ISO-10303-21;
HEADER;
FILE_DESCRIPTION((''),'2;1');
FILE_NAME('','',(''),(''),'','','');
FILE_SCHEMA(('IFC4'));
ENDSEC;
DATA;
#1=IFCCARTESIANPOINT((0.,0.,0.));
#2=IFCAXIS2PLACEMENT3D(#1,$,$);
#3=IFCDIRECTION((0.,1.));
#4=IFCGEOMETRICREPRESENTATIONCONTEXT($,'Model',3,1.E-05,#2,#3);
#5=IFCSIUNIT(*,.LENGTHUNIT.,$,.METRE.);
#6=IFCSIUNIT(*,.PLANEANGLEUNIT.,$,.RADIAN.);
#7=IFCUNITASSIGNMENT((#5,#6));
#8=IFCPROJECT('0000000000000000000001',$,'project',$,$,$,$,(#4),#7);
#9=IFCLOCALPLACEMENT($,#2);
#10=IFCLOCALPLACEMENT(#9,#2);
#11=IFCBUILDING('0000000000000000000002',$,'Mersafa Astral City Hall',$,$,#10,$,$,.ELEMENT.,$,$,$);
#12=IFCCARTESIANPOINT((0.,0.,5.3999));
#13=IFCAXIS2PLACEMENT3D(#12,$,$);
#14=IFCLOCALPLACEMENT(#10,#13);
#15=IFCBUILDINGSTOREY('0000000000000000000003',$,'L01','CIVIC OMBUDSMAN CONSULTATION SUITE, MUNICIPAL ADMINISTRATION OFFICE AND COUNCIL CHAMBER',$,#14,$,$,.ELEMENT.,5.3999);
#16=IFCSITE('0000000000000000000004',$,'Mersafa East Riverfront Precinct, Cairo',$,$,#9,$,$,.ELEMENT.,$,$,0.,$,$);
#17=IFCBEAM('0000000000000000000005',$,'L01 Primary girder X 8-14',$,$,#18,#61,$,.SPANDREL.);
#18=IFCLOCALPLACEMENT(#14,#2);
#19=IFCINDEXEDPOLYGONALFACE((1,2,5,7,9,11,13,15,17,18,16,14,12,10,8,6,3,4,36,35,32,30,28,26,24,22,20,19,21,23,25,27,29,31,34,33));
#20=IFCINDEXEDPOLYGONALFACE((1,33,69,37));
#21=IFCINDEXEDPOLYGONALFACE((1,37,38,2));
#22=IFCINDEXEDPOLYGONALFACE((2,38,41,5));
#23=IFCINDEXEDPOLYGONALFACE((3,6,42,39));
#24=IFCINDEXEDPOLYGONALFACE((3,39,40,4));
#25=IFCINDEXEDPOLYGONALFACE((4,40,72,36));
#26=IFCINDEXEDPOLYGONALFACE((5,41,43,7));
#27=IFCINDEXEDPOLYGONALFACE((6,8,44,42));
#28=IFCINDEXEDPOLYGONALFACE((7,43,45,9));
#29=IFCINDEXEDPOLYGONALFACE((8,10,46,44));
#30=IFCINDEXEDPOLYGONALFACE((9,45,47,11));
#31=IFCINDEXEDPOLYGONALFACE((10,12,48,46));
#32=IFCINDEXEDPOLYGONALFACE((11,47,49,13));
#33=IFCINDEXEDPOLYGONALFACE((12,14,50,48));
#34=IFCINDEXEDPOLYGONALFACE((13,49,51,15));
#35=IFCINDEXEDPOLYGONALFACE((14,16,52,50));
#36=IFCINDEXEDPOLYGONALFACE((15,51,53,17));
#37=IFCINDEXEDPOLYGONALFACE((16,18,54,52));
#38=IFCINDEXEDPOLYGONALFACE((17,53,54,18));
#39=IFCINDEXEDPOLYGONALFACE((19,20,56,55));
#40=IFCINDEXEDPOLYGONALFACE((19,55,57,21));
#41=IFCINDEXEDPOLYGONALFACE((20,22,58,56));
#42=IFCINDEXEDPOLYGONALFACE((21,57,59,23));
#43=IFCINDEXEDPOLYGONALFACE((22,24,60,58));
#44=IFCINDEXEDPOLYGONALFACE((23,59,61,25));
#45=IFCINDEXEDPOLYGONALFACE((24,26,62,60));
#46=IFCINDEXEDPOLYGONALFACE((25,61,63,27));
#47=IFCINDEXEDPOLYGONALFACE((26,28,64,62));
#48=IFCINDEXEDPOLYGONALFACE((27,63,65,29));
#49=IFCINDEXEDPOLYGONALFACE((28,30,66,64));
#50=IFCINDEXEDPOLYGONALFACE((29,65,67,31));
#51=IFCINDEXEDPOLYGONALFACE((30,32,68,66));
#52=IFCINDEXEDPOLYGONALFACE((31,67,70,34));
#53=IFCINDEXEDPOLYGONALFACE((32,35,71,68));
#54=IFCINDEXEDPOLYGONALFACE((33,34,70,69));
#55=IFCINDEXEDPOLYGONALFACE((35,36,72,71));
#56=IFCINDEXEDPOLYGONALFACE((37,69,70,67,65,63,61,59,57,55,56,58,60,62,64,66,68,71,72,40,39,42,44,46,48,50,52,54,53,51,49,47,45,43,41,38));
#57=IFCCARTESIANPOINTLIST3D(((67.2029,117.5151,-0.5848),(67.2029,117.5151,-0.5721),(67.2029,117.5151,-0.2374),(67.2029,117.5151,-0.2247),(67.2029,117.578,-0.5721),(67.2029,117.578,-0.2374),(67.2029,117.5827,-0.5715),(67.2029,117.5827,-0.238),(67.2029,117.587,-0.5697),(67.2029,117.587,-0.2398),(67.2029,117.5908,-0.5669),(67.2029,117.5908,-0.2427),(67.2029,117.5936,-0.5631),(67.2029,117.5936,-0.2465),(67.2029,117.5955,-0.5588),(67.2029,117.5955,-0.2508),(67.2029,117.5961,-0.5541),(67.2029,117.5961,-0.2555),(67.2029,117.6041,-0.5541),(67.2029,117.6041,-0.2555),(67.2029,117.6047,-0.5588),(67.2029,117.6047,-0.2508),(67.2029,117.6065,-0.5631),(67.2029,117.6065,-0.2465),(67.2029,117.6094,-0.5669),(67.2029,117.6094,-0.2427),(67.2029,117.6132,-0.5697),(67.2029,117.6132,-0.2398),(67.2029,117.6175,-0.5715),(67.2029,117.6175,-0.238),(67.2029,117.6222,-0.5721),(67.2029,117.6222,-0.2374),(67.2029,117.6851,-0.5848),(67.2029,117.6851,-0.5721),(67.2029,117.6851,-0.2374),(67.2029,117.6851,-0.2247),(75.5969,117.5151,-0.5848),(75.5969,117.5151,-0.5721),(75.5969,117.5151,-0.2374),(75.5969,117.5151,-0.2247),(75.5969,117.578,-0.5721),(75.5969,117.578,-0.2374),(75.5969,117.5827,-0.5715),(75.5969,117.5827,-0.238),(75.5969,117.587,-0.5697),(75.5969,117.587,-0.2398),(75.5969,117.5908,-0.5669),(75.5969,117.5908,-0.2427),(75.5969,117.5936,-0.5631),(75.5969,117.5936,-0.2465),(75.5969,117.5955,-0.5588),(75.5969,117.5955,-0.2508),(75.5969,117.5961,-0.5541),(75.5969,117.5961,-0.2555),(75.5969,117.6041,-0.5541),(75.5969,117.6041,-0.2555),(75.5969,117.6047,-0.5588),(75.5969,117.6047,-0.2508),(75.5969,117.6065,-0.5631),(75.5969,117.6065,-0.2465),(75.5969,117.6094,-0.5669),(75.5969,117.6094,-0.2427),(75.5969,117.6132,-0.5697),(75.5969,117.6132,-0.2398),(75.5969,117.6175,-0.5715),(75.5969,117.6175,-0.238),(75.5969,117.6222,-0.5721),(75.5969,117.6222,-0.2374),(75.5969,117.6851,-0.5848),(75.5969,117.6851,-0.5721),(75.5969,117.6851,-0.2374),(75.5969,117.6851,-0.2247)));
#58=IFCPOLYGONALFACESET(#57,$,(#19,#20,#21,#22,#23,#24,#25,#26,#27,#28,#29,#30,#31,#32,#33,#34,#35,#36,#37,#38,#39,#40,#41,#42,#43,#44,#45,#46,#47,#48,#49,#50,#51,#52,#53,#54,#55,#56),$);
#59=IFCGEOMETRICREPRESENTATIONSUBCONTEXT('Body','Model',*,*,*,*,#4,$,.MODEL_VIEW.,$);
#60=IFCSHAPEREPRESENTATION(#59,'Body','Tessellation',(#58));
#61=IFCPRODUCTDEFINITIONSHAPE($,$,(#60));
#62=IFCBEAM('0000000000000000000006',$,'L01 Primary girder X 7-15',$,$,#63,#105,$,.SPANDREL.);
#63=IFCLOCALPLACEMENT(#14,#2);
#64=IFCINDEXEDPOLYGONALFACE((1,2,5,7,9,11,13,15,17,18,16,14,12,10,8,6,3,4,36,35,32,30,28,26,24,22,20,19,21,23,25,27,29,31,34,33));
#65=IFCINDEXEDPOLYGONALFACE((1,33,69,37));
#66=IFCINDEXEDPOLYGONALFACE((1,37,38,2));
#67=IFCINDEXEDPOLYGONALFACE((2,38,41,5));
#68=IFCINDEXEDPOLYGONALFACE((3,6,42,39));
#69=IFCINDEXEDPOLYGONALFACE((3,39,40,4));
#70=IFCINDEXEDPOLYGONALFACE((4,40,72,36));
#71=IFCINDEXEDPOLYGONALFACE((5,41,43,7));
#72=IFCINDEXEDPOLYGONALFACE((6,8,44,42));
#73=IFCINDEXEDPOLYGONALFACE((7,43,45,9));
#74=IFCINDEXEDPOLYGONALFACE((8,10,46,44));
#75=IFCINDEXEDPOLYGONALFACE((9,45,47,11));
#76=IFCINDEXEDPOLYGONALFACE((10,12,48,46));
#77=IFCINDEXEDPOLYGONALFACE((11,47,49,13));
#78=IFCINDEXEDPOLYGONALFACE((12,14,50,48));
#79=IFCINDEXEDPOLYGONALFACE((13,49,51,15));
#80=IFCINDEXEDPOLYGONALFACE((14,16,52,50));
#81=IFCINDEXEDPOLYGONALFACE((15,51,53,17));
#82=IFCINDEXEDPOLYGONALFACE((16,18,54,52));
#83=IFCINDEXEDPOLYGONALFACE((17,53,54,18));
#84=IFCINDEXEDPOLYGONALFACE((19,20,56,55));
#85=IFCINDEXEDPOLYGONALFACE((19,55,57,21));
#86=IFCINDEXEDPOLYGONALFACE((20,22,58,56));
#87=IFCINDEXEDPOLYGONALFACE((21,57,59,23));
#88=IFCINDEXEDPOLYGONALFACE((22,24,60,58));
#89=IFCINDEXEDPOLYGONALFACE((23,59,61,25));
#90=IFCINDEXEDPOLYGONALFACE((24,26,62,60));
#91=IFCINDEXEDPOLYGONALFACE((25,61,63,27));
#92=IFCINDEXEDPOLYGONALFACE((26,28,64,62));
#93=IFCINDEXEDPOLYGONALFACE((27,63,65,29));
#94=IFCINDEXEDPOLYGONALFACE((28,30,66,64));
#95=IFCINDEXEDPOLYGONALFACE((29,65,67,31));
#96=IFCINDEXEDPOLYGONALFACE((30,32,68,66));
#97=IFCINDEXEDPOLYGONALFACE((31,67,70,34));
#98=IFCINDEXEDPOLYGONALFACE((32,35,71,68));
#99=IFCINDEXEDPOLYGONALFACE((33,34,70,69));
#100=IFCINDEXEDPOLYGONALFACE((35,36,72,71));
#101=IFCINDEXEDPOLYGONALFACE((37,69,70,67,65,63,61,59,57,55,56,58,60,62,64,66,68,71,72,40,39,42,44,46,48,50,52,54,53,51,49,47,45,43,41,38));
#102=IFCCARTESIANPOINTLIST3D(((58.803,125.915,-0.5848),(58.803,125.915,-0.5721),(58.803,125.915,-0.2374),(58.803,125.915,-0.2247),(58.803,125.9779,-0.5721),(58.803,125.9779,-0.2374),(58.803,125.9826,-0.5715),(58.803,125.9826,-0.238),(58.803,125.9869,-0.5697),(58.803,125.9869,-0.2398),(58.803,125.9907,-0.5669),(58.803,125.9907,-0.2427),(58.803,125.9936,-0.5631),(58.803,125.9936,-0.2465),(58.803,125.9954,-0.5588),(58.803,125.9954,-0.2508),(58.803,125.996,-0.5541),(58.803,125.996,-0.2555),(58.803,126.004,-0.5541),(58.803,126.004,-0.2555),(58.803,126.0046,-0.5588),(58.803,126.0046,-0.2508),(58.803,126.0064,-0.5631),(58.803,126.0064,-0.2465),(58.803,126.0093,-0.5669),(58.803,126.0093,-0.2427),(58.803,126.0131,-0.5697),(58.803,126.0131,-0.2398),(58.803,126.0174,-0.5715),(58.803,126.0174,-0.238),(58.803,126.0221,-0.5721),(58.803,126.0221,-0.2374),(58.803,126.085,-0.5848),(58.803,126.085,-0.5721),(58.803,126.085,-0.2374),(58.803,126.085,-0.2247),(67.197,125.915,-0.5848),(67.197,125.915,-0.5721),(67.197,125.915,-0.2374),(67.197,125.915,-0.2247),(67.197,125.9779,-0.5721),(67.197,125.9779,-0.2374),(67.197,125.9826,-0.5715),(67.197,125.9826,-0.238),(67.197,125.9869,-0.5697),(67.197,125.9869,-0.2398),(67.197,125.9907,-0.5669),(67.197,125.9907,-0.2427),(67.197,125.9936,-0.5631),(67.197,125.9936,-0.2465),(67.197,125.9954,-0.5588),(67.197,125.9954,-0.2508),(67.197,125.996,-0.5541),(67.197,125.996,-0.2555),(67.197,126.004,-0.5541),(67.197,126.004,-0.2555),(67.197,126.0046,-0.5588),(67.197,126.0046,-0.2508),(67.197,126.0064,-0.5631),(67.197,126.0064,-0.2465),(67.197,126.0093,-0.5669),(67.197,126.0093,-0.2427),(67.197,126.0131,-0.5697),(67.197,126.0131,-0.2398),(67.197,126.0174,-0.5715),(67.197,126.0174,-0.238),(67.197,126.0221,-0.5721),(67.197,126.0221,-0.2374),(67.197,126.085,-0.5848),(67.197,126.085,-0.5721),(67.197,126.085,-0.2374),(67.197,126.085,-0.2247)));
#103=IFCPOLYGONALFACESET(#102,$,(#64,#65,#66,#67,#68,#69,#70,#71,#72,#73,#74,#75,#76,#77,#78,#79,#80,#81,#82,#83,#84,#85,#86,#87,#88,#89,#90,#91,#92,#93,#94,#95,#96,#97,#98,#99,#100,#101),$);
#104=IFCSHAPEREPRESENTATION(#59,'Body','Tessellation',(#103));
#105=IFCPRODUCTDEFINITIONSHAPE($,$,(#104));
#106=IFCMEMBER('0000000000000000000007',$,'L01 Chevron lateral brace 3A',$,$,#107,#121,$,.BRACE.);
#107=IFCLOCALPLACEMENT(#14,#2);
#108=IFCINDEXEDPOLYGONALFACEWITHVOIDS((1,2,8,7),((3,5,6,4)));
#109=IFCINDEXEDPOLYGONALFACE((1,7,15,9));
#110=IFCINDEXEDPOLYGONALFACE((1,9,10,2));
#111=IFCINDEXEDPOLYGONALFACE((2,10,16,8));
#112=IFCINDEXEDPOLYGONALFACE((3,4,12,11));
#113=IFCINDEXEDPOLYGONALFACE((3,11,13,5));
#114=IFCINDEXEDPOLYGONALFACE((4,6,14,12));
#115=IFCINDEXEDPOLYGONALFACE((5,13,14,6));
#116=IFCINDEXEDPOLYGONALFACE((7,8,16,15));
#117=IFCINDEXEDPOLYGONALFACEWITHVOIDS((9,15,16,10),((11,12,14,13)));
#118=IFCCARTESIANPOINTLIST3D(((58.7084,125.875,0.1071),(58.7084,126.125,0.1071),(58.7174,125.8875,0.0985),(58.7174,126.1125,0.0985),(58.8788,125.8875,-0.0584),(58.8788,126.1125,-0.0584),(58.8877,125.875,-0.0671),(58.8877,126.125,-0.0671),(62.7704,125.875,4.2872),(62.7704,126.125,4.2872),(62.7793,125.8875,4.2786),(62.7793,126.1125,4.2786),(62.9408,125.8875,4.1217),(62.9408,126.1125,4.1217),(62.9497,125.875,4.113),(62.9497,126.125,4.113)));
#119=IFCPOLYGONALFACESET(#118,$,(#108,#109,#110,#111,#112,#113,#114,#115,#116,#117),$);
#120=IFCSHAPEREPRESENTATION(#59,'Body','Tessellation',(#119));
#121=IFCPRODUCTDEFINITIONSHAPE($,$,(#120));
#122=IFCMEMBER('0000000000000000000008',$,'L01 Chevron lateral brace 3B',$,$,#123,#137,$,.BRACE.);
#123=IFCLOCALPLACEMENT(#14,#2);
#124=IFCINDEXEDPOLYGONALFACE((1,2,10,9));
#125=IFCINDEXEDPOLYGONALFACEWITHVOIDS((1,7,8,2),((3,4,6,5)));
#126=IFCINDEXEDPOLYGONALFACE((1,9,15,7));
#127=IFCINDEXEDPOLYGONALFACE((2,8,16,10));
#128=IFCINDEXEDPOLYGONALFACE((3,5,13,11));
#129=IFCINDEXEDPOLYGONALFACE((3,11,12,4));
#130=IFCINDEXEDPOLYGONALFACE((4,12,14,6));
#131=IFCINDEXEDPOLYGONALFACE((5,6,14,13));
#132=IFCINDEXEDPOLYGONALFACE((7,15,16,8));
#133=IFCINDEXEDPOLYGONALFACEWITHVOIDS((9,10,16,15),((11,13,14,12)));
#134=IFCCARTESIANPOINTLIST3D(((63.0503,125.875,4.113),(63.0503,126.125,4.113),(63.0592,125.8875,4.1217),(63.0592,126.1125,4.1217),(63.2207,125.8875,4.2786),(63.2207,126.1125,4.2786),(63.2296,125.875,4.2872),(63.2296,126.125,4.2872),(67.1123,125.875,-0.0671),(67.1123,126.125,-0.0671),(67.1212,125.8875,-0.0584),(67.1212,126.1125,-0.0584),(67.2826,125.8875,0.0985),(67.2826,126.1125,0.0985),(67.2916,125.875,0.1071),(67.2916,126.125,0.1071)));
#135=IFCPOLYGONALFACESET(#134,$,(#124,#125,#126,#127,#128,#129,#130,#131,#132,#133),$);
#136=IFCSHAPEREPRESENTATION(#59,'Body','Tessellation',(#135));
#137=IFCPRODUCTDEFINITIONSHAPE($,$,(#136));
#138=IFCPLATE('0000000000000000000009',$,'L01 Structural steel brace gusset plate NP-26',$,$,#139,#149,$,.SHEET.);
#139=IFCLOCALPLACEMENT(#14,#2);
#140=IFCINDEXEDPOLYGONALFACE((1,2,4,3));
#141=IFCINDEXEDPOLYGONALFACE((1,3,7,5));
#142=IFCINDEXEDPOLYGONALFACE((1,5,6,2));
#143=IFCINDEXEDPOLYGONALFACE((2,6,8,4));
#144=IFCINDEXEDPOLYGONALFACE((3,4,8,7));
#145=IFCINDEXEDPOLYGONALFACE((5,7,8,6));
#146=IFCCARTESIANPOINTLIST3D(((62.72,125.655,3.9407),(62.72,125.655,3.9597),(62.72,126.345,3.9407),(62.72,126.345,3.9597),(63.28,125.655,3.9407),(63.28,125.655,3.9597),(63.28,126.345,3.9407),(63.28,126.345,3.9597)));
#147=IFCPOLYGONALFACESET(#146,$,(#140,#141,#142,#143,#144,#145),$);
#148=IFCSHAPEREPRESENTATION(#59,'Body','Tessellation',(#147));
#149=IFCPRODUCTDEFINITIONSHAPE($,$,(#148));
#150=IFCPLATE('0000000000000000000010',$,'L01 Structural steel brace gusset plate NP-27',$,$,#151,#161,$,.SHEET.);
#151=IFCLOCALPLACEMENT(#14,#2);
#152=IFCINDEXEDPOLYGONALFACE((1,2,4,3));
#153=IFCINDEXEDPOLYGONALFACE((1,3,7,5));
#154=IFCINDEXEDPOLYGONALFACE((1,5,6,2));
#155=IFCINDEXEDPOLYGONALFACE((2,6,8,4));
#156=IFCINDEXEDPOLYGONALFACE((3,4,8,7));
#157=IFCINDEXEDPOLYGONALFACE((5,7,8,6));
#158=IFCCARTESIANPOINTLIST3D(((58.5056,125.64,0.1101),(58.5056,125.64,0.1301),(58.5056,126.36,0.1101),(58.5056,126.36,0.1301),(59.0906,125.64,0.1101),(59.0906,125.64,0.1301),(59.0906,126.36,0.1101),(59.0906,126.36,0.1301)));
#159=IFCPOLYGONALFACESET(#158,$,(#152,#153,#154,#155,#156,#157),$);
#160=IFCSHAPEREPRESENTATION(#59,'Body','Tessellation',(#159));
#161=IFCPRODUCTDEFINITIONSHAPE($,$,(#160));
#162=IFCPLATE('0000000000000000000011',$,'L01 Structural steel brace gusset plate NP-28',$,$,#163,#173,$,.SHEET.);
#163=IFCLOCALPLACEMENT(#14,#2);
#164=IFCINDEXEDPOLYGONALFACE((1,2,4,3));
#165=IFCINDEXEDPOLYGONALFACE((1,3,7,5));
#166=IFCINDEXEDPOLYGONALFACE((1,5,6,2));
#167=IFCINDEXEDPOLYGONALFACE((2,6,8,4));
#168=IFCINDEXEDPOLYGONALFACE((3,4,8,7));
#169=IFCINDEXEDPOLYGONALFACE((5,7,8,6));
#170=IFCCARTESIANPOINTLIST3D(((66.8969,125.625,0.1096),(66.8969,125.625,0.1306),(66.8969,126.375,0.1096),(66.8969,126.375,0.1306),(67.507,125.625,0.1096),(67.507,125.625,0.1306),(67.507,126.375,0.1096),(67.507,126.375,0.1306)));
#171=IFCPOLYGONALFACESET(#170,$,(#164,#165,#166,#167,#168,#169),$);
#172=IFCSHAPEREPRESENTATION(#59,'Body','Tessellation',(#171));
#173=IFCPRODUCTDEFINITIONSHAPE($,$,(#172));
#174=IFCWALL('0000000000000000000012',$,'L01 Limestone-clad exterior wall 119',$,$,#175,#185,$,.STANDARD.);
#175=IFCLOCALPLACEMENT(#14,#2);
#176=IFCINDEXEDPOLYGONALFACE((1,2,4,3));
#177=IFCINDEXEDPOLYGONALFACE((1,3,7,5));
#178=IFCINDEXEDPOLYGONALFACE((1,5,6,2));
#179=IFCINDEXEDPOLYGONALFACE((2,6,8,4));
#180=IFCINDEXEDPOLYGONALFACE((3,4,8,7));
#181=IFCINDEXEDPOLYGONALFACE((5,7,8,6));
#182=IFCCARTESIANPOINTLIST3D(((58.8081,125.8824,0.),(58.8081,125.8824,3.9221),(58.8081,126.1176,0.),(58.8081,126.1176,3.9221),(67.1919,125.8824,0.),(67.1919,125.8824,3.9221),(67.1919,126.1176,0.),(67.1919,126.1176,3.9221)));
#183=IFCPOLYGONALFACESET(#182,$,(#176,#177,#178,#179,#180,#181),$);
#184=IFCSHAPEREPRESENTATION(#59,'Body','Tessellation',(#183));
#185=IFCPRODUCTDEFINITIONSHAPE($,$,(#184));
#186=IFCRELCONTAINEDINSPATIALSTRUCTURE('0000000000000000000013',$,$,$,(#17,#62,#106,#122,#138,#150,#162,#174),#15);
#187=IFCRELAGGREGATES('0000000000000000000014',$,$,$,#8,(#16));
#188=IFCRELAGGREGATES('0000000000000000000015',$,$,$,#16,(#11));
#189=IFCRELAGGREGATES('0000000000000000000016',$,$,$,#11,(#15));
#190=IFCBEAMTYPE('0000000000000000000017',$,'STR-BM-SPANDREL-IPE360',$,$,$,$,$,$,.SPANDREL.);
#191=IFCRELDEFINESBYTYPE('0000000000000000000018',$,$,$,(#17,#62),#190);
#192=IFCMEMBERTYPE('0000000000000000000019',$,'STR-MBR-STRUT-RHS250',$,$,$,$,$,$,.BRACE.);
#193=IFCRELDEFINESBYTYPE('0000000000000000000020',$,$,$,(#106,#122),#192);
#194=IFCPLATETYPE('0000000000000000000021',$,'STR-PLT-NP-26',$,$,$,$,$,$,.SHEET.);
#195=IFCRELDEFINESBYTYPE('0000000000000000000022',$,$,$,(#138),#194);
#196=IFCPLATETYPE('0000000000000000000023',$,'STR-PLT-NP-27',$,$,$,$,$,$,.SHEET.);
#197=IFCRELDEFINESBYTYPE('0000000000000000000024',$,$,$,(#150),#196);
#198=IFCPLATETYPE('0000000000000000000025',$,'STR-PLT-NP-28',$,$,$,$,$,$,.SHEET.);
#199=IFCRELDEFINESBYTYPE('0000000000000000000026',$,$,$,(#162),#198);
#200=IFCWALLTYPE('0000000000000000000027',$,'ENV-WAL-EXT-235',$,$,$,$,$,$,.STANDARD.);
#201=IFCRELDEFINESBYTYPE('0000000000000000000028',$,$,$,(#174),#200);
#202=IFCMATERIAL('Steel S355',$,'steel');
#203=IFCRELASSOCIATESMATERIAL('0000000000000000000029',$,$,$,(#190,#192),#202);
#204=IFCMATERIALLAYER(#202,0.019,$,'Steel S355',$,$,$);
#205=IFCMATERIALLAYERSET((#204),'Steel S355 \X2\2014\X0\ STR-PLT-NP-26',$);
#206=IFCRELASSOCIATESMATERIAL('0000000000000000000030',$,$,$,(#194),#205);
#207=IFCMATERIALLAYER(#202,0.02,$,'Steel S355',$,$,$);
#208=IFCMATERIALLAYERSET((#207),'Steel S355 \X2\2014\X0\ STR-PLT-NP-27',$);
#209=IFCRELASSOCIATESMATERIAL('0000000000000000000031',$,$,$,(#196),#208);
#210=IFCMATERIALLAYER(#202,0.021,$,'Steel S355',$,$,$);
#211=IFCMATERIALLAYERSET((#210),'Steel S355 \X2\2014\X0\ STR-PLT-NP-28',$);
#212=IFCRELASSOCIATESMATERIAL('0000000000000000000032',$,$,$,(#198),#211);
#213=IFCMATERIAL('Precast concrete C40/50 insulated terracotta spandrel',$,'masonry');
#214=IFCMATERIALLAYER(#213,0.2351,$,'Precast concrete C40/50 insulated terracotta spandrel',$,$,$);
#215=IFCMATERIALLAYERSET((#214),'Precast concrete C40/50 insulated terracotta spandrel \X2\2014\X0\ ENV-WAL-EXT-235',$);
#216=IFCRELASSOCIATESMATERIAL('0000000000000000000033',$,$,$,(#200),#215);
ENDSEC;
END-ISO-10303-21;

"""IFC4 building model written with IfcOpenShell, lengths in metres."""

from ifc_helpers import new_model, si_unit, direction, frame, frame_2d, origin, origin_2d, place, context, subcontext, project, spatial, rectangle, hollow_rectangle, i_section, extrude, material, layer, layer_set, material_profile, profile_set, type_object, element, save


model = new_model("IFC4")

# Units and contexts
model_context = context("Model", 3, precision=1e-05, world=origin(), true_north=direction((0.0, 1.0)))
body_context = subcontext(model_context, "Body", "Model", "MODEL_VIEW")
ifc_project = project(units=[si_unit("LENGTHUNIT", "METRE"), si_unit("PLANEANGLEUNIT", "RADIAN")], contexts=[model_context])

# Site, building, storey
site_placement = place(None, origin())
site = spatial("IfcSite", under=ifc_project, at=site_placement, Name="Mersafa East Riverfront Precinct, Cairo", CompositionType="ELEMENT", RefElevation=0.0)
building_placement = place(site_placement, origin())
building = spatial("IfcBuilding", under=site, at=building_placement, Name="Mersafa Astral City Hall", CompositionType="ELEMENT")
storey_placement = place(building_placement, frame((0.0, 0.0, 5.3999)))
storey = spatial("IfcBuildingStorey", under=building, at=storey_placement, Name="L01", Description="CIVIC OMBUDSMAN CONSULTATION SUITE, MUNICIPAL ADMINISTRATION OFFICE AND COUNCIL CHAMBER", CompositionType="ELEMENT", Elevation=5.3999)

# Shared definitions
ifc_material_1 = material(Name="Steel S355", Category="steel")

# Beams
ifc_material_profile_1 = material_profile(ifc_material_1, i_section(OverallWidth=0.1699, OverallDepth=0.3601, WebThickness=0.0081, FlangeThickness=0.0127, FilletRadius=0.0181, at=origin_2d()), Name="IPE 360")
ifc_profile_set_1 = profile_set([ifc_material_profile_1], Name="Steel S355")
beam_type_1 = type_object("IfcBeamType", Name="STR-BM-SPANDREL-IPE360", PredefinedType="SPANDREL", material=ifc_profile_set_1)
for number, where, z_axis, x_axis, name in (
    (1, (67.2029, 117.6001, -0.4048), (1.0, 0.0, 0.0), (0.0, 1.0, 0.0), "L01 Primary girder X 8-14"),
    (2, (58.803, 126.0, -0.4048), (1.0, 0.0, 0.0), (0.0, 1.0, 0.0), "L01 Primary girder X 7-15"),
):
    element("IfcBeam", number, at=place(storey_placement, frame(where, z_axis=z_axis, x_axis=x_axis)), inside=storey, type_object=beam_type_1, Name=name, PredefinedType="SPANDREL", context=body_context, shape_type="SweptSolid", body=[
        extrude(i_section(OverallWidth=0.1699, OverallDepth=0.3601, WebThickness=0.0081, FlangeThickness=0.0127, FilletRadius=0.0181, at=origin_2d()), origin(), (0.0, 0.0, 1.0), 8.394),
    ])

# Members
ifc_material_profile_2 = material_profile(ifc_material_1, hollow_rectangle(XDim=0.25, YDim=0.25, WallThickness=0.0125, at=origin_2d()), Name="RHS 250x250x12.5")
ifc_profile_set_2 = profile_set([ifc_material_profile_2], Name="Steel S355")
member_type_1 = type_object("IfcMemberType", Name="STR-MBR-STRUT-RHS250", PredefinedType="BRACE", material=ifc_profile_set_2)
for number, where, z_axis, x_axis, name in (
    (3, (58.7981, 126.0, 0.02), (0.696898, 0.0, 0.717171), (0.0, 1.0, 0.0), "L01 Chevron lateral brace 3A"),
    (4, (67.2019, 126.0, 0.02), (-0.696898, 0.0, 0.717171), (0.0, -1.0, 0.0), "L01 Chevron lateral brace 3B"),
):
    element("IfcMember", number, at=place(storey_placement, frame(where, z_axis=z_axis, x_axis=x_axis)), inside=storey, type_object=member_type_1, Name=name, PredefinedType="BRACE", context=body_context, shape_type="SweptSolid", body=[
        extrude(hollow_rectangle(XDim=0.25, YDim=0.25, WallThickness=0.0125, at=origin_2d()), origin(), (0.0, 0.0, 1.0), 5.8286),
    ])

# Plates
ifc_layer_1 = layer(ifc_material_1, 0.019, Name="Steel S355")
ifc_layer_set_1 = layer_set([ifc_layer_1], Name="Steel S355 — STR-PLT-NP-26")
plate_type_1 = type_object("IfcPlateType", Name="STR-PLT-NP-26", PredefinedType="SHEET", material=ifc_layer_set_1)
plate_1_placement = place(storey_placement, frame((63.0, 126.0, 3.9407), z_axis=(0.0, 0.0, 1.0), x_axis=(1.0, 0.0, 0.0)))
element("IfcPlate", 5, at=plate_1_placement, inside=storey, type_object=plate_type_1, Name="L01 Structural steel brace gusset plate NP-26", PredefinedType="SHEET", context=body_context, shape_type="SweptSolid", body=[
    extrude(rectangle(XDim=0.5601, YDim=0.6899, at=origin_2d()), origin(), (0.0, 0.0, 1.0), 0.019),
])
ifc_layer_2 = layer(ifc_material_1, 0.02, Name="Steel S355")
ifc_layer_set_2 = layer_set([ifc_layer_2], Name="Steel S355 — STR-PLT-NP-27")
plate_type_2 = type_object("IfcPlateType", Name="STR-PLT-NP-27", PredefinedType="SHEET", material=ifc_layer_set_2)
plate_2_placement = place(storey_placement, frame((58.7981, 126.0, 0.1101), z_axis=(0.0, 0.0, 1.0), x_axis=(1.0, 0.0, 0.0)))
element("IfcPlate", 6, at=plate_2_placement, inside=storey, type_object=plate_type_2, Name="L01 Structural steel brace gusset plate NP-27", PredefinedType="SHEET", context=body_context, shape_type="SweptSolid", body=[
    extrude(rectangle(XDim=0.585, YDim=0.72, at=origin_2d()), origin(), (0.0, 0.0, 1.0), 0.02),
])
ifc_layer_3 = layer(ifc_material_1, 0.021, Name="Steel S355")
ifc_layer_set_3 = layer_set([ifc_layer_3], Name="Steel S355 — STR-PLT-NP-28")
plate_type_3 = type_object("IfcPlateType", Name="STR-PLT-NP-28", PredefinedType="SHEET", material=ifc_layer_set_3)
plate_3_placement = place(storey_placement, frame((67.2019, 126.0, 0.1096), z_axis=(0.0, 0.0, 1.0), x_axis=(1.0, 0.0, 0.0)))
element("IfcPlate", 7, at=plate_3_placement, inside=storey, type_object=plate_type_3, Name="L01 Structural steel brace gusset plate NP-28", PredefinedType="SHEET", context=body_context, shape_type="SweptSolid", body=[
    extrude(rectangle(XDim=0.6101, YDim=0.75, at=origin_2d()), origin(), (0.0, 0.0, 1.0), 0.021),
])

# Wall
ifc_material_2 = material(Name="Precast concrete C40/50 insulated terracotta spandrel", Category="masonry")
ifc_layer_4 = layer(ifc_material_2, 0.2351, Name="Precast concrete C40/50 insulated terracotta spandrel")
ifc_layer_set_4 = layer_set([ifc_layer_4], Name="Precast concrete C40/50 insulated terracotta spandrel — ENV-WAL-EXT-235")
wall_type_1 = type_object("IfcWallType", Name="ENV-WAL-EXT-235", PredefinedType="STANDARD", material=ifc_layer_set_4)
wall_1_placement = place(storey_placement, frame((67.1919, 126.0, 0.0), z_axis=(0.0, 0.0, 1.0), x_axis=(-1.0, 0.0, 0.0)))
element("IfcWall", 8, at=wall_1_placement, inside=storey, type_object=wall_type_1, Name="L01 Limestone-clad exterior wall 119", PredefinedType="STANDARD", context=body_context, shape_type="SweptSolid", body=[
    extrude(rectangle(XDim=8.3838, YDim=0.2351, at=frame_2d((4.1919, 0.0))), origin(), (0.0, 0.0, 1.0), 3.9221),
])

save(model, "model.ifc")
